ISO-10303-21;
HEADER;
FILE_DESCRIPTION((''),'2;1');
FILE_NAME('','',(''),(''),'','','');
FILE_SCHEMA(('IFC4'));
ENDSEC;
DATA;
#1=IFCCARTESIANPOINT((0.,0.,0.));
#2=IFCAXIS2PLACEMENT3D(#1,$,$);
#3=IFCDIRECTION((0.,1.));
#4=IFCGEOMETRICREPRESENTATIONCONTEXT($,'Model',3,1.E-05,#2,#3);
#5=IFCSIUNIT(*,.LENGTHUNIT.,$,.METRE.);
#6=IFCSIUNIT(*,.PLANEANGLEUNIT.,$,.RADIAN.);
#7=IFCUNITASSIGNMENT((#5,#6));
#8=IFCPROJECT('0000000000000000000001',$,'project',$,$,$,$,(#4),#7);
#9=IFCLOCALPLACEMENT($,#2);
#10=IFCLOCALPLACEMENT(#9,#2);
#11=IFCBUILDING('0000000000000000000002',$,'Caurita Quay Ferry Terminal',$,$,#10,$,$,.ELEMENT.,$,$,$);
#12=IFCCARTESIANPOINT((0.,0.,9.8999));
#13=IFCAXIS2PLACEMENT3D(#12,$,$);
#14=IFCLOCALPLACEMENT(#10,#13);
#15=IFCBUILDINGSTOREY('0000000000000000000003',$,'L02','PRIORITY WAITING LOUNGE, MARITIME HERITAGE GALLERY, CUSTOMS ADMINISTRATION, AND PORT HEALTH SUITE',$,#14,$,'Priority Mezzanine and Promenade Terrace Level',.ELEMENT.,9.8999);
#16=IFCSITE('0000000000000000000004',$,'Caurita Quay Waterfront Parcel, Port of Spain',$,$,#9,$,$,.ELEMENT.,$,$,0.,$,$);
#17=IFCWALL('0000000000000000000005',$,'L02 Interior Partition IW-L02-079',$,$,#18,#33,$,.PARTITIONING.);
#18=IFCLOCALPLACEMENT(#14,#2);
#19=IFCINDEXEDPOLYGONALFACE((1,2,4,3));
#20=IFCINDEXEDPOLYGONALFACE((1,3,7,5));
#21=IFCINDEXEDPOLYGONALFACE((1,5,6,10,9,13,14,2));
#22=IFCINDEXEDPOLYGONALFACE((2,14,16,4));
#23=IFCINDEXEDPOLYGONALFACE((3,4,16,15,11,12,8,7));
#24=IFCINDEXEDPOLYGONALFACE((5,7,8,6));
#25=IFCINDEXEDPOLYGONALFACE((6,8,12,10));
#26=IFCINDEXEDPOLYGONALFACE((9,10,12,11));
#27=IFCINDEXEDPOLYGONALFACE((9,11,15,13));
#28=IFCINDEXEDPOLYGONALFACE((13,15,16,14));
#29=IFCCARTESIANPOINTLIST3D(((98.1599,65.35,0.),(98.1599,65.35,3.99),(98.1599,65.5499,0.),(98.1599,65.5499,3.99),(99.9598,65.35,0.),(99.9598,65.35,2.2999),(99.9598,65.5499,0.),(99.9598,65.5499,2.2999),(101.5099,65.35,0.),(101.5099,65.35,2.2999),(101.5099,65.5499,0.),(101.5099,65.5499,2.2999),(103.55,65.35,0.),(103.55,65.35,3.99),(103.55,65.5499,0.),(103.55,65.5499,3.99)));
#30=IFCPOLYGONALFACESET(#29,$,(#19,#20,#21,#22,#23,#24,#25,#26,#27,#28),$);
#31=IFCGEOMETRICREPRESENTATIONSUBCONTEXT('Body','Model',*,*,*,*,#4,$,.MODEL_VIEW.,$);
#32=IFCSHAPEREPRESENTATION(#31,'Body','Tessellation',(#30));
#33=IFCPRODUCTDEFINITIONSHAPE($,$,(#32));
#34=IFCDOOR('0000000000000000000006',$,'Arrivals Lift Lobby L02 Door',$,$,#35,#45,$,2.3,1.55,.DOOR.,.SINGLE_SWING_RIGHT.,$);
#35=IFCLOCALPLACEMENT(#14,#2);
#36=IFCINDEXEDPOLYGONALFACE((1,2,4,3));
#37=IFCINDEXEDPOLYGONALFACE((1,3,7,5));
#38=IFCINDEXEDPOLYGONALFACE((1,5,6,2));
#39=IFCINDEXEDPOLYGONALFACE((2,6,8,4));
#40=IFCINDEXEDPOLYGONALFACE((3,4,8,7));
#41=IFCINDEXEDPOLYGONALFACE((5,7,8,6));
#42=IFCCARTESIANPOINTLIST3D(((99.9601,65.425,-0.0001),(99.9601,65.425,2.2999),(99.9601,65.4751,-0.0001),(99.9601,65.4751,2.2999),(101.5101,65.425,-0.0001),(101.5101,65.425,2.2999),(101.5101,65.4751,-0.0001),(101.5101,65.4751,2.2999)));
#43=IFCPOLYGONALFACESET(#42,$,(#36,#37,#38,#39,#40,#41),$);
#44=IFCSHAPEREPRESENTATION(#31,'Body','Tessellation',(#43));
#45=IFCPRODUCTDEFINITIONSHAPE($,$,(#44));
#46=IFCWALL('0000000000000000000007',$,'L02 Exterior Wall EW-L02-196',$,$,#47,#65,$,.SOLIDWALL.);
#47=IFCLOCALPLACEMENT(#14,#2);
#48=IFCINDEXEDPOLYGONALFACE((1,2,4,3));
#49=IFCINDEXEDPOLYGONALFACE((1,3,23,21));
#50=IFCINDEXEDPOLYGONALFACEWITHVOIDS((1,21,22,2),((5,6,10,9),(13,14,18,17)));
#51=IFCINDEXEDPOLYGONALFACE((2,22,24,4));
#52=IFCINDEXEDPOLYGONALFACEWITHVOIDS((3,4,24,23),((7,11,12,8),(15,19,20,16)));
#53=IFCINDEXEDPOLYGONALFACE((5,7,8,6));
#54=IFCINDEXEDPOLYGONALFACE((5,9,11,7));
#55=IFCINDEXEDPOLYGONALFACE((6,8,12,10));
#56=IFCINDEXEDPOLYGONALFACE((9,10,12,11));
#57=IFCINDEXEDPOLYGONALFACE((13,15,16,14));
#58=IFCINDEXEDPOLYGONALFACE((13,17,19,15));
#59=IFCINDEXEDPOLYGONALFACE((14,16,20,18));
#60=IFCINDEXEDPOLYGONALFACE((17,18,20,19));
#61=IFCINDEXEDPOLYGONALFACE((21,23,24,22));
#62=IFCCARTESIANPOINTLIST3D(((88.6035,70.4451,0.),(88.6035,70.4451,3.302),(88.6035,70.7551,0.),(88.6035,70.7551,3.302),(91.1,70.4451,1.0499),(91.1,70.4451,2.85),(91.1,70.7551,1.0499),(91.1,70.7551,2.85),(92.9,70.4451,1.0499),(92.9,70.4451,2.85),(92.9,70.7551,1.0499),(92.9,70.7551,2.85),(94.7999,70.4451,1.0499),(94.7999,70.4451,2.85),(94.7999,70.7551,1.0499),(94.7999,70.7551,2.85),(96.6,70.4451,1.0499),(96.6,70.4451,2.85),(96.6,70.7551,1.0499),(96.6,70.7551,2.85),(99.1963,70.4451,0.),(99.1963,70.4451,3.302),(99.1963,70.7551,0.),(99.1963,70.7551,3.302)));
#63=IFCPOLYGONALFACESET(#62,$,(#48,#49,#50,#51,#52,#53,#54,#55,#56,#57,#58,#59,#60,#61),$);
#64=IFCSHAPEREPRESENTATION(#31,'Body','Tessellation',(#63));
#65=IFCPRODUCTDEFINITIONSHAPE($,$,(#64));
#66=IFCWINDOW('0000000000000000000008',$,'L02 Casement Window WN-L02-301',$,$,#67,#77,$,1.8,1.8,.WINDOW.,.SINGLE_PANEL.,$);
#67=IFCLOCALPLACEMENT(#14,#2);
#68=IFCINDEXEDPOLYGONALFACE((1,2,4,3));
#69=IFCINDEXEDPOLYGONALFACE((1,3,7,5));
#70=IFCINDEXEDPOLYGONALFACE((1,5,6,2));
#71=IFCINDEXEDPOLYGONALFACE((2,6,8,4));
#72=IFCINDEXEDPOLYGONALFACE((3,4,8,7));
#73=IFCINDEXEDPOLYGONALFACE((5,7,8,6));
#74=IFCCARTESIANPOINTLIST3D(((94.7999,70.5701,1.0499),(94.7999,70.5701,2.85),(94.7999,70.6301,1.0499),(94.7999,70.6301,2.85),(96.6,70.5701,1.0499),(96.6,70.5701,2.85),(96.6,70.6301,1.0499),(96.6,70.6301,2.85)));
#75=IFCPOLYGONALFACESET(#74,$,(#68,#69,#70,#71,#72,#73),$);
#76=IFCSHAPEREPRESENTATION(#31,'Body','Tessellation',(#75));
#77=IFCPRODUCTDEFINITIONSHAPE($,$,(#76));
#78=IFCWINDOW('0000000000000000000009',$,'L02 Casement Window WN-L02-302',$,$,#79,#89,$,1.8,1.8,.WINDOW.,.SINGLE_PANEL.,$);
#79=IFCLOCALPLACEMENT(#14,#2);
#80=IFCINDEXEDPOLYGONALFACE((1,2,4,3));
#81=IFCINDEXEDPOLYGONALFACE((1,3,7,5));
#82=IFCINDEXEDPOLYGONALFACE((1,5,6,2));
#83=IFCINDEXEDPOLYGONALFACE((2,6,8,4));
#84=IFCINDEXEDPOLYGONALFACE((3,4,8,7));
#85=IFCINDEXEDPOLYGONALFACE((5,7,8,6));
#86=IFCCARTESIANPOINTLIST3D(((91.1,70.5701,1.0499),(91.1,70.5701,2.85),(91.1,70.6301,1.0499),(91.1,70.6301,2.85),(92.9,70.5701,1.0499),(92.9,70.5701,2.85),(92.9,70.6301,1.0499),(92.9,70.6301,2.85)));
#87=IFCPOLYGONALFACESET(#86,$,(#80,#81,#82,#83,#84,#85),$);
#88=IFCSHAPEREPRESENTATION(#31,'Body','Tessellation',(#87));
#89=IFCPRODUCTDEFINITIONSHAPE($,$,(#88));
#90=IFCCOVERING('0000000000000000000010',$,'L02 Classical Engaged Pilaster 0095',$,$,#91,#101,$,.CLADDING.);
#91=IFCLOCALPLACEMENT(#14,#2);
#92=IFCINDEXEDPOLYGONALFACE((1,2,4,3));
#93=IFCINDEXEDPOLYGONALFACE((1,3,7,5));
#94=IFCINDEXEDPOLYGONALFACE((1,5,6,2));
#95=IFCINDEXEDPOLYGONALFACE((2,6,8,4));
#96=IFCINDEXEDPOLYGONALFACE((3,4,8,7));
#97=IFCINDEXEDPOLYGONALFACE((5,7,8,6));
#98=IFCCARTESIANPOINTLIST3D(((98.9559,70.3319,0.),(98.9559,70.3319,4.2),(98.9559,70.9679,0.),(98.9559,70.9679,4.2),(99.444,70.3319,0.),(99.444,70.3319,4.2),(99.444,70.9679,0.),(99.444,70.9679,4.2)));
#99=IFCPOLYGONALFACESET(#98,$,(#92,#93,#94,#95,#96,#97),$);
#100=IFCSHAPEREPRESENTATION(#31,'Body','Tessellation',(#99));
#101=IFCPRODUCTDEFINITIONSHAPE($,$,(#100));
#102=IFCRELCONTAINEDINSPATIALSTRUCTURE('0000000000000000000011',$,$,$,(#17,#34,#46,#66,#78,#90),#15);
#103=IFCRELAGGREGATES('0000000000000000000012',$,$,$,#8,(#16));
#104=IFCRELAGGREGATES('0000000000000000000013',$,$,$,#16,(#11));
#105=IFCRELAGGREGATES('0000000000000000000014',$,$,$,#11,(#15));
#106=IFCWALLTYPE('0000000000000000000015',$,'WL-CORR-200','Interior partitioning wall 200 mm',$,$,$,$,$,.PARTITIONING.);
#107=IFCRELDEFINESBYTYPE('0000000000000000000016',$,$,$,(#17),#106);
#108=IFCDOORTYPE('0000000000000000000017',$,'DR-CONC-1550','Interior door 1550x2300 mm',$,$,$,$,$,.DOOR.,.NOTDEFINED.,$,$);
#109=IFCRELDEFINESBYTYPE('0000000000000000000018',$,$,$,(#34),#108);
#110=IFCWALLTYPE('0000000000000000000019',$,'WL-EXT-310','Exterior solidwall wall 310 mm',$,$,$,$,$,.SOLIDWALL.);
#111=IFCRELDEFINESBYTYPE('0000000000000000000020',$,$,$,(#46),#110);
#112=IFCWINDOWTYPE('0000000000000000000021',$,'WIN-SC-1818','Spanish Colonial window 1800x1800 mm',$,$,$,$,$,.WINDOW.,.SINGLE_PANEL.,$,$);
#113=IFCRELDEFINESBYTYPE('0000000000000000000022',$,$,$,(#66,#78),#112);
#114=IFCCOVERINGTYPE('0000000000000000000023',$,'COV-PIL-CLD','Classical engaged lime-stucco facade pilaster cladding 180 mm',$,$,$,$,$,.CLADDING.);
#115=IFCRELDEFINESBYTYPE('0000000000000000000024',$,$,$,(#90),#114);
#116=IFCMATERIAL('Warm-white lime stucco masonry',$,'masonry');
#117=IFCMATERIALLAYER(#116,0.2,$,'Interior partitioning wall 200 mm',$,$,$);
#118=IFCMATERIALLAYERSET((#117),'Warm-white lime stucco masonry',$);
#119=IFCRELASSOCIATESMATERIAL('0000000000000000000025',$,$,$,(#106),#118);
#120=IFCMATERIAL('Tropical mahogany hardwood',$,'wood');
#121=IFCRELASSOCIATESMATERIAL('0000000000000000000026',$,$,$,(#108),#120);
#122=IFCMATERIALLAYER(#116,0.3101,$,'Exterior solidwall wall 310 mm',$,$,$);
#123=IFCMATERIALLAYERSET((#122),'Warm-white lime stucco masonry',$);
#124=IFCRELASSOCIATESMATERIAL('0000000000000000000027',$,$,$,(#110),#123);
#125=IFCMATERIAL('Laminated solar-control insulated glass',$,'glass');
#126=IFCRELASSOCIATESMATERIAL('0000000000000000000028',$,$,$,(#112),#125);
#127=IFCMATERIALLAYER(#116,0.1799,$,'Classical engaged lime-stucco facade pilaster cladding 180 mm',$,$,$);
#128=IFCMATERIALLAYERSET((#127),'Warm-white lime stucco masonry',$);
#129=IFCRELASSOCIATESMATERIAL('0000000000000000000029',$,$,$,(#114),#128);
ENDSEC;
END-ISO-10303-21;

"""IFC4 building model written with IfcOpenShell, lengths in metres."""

from ifc_helpers import new_model, si_unit, direction, frame, frame_2d, origin, origin_2d, place, context, subcontext, project, spatial, rectangle, extrude, material, layer, layer_set, type_object, element, fill, save


model = new_model("IFC4")

# Units and contexts
model_context = context("Model", 3, precision=1e-05, world=origin(), true_north=direction((0.0, 1.0)))
body_context = subcontext(model_context, "Body", "Model", "MODEL_VIEW")
ifc_project = project(units=[si_unit("LENGTHUNIT", "METRE"), si_unit("PLANEANGLEUNIT", "RADIAN")], contexts=[model_context])

# Site, building, storey
site_placement = place(None, origin())
site = spatial("IfcSite", under=ifc_project, at=site_placement, Name="Caurita Quay Waterfront Parcel, Port of Spain", CompositionType="ELEMENT", RefElevation=0.0)
building_placement = place(site_placement, origin())
building = spatial("IfcBuilding", under=site, at=building_placement, Name="Caurita Quay Ferry Terminal", CompositionType="ELEMENT")
storey_placement = place(building_placement, frame((0.0, 0.0, 9.8999)))
storey = spatial("IfcBuildingStorey", under=building, at=storey_placement, Name="L02", Description="PRIORITY WAITING LOUNGE, MARITIME HERITAGE GALLERY, CUSTOMS ADMINISTRATION, AND PORT HEALTH SUITE", LongName="Priority Mezzanine and Promenade Terrace Level", CompositionType="ELEMENT", Elevation=9.8999)

# Wall, opening, door
ifc_material_1 = material(Name="Warm-white lime stucco masonry", Category="masonry")
ifc_layer_1 = layer(ifc_material_1, 0.2, Name="Interior partitioning wall 200 mm")
ifc_layer_set_1 = layer_set([ifc_layer_1], Name="Warm-white lime stucco masonry")
wall_type_1 = type_object("IfcWallType", Name="WL-CORR-200", Description="Interior partitioning wall 200 mm", PredefinedType="PARTITIONING", material=ifc_layer_set_1)
wall_1_placement = place(storey_placement, frame((98.1599, 65.45, 0.0), z_axis=(0.0, 0.0, 1.0), x_axis=(1.0, 0.0, 0.0)))
wall_1 = element("IfcWall", 1, at=wall_1_placement, inside=storey, type_object=wall_type_1, Name="L02 Interior Partition IW-L02-079", PredefinedType="PARTITIONING", context=body_context, shape_type="SweptSolid", body=[
    extrude(rectangle(XDim=5.3901, YDim=0.2, at=frame_2d((2.6951, 0.0))), origin(), (0.0, 0.0, 1.0), 3.99),
])
opening_1_placement = place(wall_1_placement, frame((1.8, 0.0, 0.0)))
opening_1 = element("IfcOpeningElement", 2, at=opening_1_placement, cuts=wall_1, PredefinedType="OPENING", context=body_context, shape_type="SweptSolid", body=[
    extrude(rectangle(XDim=1.55, YDim=2.3, at=frame_2d((0.7749, 1.1499))), frame((0.0, 0.1099, 0.0), z_axis=(0.0, -1.0, 0.0), x_axis=(1.0, 0.0, 0.0)), (0.0, 0.0, 1.0), 0.22),
])
ifc_material_2 = material(Name="Tropical mahogany hardwood", Category="wood")
door_type_1 = type_object("IfcDoorType", Name="DR-CONC-1550", Description="Interior door 1550x2300 mm", OperationType="NOTDEFINED", PredefinedType="DOOR", material=ifc_material_2)
door_1_placement = place(opening_1_placement, frame((1.55, 0.0, 0.0), z_axis=(0.0, 0.0, 1.0), x_axis=(-1.0, 0.0, 0.0)))
door_1 = element("IfcDoor", 3, at=door_1_placement, inside=storey, type_object=door_type_1, Name="Arrivals Lift Lobby L02 Door", OperationType="SINGLE_SWING_RIGHT", OverallHeight=2.3, OverallWidth=1.55, PredefinedType="DOOR", context=body_context, shape_type="SweptSolid", body=[
    extrude(rectangle(XDim=1.55, YDim=2.3, at=frame_2d((0.7749, 1.1499))), frame((0.0, 0.0249, 0.0), z_axis=(0.0, -1.0, 0.0), x_axis=(1.0, 0.0, 0.0)), (0.0, 0.0, 1.0), 0.05),
])
fill(opening_1, door_1)

# Wall, openings, windows
ifc_layer_2 = layer(ifc_material_1, 0.3101, Name="Exterior solidwall wall 310 mm")
ifc_layer_set_2 = layer_set([ifc_layer_2], Name="Warm-white lime stucco masonry")
wall_type_2 = type_object("IfcWallType", Name="WL-EXT-310", Description="Exterior solidwall wall 310 mm", PredefinedType="SOLIDWALL", material=ifc_layer_set_2)
wall_2_placement = place(storey_placement, frame((99.1963, 70.6001, 0.0), z_axis=(0.0, 0.0, 1.0), x_axis=(-1.0, 0.0, 0.0)))
wall_2 = element("IfcWall", 4, at=wall_2_placement, inside=storey, type_object=wall_type_2, Name="L02 Exterior Wall EW-L02-196", PredefinedType="SOLIDWALL", context=body_context, shape_type="SweptSolid", body=[
    extrude(rectangle(XDim=10.5928, YDim=0.3101, at=frame_2d((5.2964, 0.0))), origin(), (0.0, 0.0, 1.0), 3.302),
])
opening_2_placement = place(wall_2_placement, frame((2.5964, 0.0, 1.05)))
opening_2 = element("IfcOpeningElement", 5, at=opening_2_placement, cuts=wall_2, PredefinedType="OPENING", context=body_context, shape_type="SweptSolid", body=[
    extrude(rectangle(XDim=1.8, YDim=1.8, at=frame_2d((0.8999, 0.8999))), frame((0.0, 0.165, 0.0), z_axis=(0.0, -1.0, 0.0), x_axis=(1.0, 0.0, 0.0)), (0.0, 0.0, 1.0), 0.3301),
])
opening_3_placement = place(wall_2_placement, frame((6.2964, 0.0, 1.05)))
opening_3 = element("IfcOpeningElement", 6, at=opening_3_placement, cuts=wall_2, PredefinedType="OPENING", context=body_context, shape_type="SweptSolid", body=[
    extrude(rectangle(XDim=1.8, YDim=1.8, at=frame_2d((0.8999, 0.8999))), frame((0.0, 0.165, 0.0), z_axis=(0.0, -1.0, 0.0), x_axis=(1.0, 0.0, 0.0)), (0.0, 0.0, 1.0), 0.3301),
])
ifc_material_3 = material(Name="Laminated solar-control insulated glass", Category="glass")
window_type = type_object("IfcWindowType", Name="WIN-SC-1818", Description="Spanish Colonial window 1800x1800 mm", PartitioningType="SINGLE_PANEL", PredefinedType="WINDOW", material=ifc_material_3)
window_1_placement = place(opening_2_placement, origin())
window_1 = element("IfcWindow", 7, at=window_1_placement, inside=storey, type_object=window_type, Name="L02 Casement Window WN-L02-301", OverallHeight=1.8, OverallWidth=1.8, PartitioningType="SINGLE_PANEL", PredefinedType="WINDOW", context=body_context, shape_type="SweptSolid", body=[
    extrude(rectangle(XDim=1.8, YDim=1.8, at=frame_2d((0.8999, 0.8999))), frame((0.0, 0.03, 0.0), z_axis=(0.0, -1.0, 0.0), x_axis=(1.0, 0.0, 0.0)), (0.0, 0.0, 1.0), 0.0601),
])
fill(opening_2, window_1)
window_2_placement = place(opening_3_placement, origin())
window_2 = element("IfcWindow", 8, at=window_2_placement, inside=storey, type_object=window_type, Name="L02 Casement Window WN-L02-302", OverallHeight=1.8, OverallWidth=1.8, PartitioningType="SINGLE_PANEL", PredefinedType="WINDOW", context=body_context, shape_type="SweptSolid", body=[
    extrude(rectangle(XDim=1.8, YDim=1.8, at=frame_2d((0.8999, 0.8999))), frame((0.0, 0.03, 0.0), z_axis=(0.0, -1.0, 0.0), x_axis=(1.0, 0.0, 0.0)), (0.0, 0.0, 1.0), 0.0601),
])
fill(opening_3, window_2)

# Covering
ifc_layer_3 = layer(ifc_material_1, 0.1799, Name="Classical engaged lime-stucco facade pilaster cladding 180 mm")
ifc_layer_set_3 = layer_set([ifc_layer_3], Name="Warm-white lime stucco masonry")
covering_type = type_object("IfcCoveringType", Name="COV-PIL-CLD", Description="Classical engaged lime-stucco facade pilaster cladding 180 mm", PredefinedType="CLADDING", material=ifc_layer_set_3)
covering_placement = place(storey_placement, frame((99.2, 70.6499, 0.0), z_axis=(0.0, 0.0, 1.0), x_axis=(1.0, 0.0, 0.0)))
element("IfcCovering", 9, at=covering_placement, inside=storey, type_object=covering_type, Name="L02 Classical Engaged Pilaster 0095", PredefinedType="CLADDING", context=body_context, shape_type="SweptSolid", body=[
    extrude(rectangle(XDim=0.488, YDim=0.636, at=origin_2d()), origin(), (0.0, 0.0, 1.0), 4.2),
])

save(model, "model.ifc")
